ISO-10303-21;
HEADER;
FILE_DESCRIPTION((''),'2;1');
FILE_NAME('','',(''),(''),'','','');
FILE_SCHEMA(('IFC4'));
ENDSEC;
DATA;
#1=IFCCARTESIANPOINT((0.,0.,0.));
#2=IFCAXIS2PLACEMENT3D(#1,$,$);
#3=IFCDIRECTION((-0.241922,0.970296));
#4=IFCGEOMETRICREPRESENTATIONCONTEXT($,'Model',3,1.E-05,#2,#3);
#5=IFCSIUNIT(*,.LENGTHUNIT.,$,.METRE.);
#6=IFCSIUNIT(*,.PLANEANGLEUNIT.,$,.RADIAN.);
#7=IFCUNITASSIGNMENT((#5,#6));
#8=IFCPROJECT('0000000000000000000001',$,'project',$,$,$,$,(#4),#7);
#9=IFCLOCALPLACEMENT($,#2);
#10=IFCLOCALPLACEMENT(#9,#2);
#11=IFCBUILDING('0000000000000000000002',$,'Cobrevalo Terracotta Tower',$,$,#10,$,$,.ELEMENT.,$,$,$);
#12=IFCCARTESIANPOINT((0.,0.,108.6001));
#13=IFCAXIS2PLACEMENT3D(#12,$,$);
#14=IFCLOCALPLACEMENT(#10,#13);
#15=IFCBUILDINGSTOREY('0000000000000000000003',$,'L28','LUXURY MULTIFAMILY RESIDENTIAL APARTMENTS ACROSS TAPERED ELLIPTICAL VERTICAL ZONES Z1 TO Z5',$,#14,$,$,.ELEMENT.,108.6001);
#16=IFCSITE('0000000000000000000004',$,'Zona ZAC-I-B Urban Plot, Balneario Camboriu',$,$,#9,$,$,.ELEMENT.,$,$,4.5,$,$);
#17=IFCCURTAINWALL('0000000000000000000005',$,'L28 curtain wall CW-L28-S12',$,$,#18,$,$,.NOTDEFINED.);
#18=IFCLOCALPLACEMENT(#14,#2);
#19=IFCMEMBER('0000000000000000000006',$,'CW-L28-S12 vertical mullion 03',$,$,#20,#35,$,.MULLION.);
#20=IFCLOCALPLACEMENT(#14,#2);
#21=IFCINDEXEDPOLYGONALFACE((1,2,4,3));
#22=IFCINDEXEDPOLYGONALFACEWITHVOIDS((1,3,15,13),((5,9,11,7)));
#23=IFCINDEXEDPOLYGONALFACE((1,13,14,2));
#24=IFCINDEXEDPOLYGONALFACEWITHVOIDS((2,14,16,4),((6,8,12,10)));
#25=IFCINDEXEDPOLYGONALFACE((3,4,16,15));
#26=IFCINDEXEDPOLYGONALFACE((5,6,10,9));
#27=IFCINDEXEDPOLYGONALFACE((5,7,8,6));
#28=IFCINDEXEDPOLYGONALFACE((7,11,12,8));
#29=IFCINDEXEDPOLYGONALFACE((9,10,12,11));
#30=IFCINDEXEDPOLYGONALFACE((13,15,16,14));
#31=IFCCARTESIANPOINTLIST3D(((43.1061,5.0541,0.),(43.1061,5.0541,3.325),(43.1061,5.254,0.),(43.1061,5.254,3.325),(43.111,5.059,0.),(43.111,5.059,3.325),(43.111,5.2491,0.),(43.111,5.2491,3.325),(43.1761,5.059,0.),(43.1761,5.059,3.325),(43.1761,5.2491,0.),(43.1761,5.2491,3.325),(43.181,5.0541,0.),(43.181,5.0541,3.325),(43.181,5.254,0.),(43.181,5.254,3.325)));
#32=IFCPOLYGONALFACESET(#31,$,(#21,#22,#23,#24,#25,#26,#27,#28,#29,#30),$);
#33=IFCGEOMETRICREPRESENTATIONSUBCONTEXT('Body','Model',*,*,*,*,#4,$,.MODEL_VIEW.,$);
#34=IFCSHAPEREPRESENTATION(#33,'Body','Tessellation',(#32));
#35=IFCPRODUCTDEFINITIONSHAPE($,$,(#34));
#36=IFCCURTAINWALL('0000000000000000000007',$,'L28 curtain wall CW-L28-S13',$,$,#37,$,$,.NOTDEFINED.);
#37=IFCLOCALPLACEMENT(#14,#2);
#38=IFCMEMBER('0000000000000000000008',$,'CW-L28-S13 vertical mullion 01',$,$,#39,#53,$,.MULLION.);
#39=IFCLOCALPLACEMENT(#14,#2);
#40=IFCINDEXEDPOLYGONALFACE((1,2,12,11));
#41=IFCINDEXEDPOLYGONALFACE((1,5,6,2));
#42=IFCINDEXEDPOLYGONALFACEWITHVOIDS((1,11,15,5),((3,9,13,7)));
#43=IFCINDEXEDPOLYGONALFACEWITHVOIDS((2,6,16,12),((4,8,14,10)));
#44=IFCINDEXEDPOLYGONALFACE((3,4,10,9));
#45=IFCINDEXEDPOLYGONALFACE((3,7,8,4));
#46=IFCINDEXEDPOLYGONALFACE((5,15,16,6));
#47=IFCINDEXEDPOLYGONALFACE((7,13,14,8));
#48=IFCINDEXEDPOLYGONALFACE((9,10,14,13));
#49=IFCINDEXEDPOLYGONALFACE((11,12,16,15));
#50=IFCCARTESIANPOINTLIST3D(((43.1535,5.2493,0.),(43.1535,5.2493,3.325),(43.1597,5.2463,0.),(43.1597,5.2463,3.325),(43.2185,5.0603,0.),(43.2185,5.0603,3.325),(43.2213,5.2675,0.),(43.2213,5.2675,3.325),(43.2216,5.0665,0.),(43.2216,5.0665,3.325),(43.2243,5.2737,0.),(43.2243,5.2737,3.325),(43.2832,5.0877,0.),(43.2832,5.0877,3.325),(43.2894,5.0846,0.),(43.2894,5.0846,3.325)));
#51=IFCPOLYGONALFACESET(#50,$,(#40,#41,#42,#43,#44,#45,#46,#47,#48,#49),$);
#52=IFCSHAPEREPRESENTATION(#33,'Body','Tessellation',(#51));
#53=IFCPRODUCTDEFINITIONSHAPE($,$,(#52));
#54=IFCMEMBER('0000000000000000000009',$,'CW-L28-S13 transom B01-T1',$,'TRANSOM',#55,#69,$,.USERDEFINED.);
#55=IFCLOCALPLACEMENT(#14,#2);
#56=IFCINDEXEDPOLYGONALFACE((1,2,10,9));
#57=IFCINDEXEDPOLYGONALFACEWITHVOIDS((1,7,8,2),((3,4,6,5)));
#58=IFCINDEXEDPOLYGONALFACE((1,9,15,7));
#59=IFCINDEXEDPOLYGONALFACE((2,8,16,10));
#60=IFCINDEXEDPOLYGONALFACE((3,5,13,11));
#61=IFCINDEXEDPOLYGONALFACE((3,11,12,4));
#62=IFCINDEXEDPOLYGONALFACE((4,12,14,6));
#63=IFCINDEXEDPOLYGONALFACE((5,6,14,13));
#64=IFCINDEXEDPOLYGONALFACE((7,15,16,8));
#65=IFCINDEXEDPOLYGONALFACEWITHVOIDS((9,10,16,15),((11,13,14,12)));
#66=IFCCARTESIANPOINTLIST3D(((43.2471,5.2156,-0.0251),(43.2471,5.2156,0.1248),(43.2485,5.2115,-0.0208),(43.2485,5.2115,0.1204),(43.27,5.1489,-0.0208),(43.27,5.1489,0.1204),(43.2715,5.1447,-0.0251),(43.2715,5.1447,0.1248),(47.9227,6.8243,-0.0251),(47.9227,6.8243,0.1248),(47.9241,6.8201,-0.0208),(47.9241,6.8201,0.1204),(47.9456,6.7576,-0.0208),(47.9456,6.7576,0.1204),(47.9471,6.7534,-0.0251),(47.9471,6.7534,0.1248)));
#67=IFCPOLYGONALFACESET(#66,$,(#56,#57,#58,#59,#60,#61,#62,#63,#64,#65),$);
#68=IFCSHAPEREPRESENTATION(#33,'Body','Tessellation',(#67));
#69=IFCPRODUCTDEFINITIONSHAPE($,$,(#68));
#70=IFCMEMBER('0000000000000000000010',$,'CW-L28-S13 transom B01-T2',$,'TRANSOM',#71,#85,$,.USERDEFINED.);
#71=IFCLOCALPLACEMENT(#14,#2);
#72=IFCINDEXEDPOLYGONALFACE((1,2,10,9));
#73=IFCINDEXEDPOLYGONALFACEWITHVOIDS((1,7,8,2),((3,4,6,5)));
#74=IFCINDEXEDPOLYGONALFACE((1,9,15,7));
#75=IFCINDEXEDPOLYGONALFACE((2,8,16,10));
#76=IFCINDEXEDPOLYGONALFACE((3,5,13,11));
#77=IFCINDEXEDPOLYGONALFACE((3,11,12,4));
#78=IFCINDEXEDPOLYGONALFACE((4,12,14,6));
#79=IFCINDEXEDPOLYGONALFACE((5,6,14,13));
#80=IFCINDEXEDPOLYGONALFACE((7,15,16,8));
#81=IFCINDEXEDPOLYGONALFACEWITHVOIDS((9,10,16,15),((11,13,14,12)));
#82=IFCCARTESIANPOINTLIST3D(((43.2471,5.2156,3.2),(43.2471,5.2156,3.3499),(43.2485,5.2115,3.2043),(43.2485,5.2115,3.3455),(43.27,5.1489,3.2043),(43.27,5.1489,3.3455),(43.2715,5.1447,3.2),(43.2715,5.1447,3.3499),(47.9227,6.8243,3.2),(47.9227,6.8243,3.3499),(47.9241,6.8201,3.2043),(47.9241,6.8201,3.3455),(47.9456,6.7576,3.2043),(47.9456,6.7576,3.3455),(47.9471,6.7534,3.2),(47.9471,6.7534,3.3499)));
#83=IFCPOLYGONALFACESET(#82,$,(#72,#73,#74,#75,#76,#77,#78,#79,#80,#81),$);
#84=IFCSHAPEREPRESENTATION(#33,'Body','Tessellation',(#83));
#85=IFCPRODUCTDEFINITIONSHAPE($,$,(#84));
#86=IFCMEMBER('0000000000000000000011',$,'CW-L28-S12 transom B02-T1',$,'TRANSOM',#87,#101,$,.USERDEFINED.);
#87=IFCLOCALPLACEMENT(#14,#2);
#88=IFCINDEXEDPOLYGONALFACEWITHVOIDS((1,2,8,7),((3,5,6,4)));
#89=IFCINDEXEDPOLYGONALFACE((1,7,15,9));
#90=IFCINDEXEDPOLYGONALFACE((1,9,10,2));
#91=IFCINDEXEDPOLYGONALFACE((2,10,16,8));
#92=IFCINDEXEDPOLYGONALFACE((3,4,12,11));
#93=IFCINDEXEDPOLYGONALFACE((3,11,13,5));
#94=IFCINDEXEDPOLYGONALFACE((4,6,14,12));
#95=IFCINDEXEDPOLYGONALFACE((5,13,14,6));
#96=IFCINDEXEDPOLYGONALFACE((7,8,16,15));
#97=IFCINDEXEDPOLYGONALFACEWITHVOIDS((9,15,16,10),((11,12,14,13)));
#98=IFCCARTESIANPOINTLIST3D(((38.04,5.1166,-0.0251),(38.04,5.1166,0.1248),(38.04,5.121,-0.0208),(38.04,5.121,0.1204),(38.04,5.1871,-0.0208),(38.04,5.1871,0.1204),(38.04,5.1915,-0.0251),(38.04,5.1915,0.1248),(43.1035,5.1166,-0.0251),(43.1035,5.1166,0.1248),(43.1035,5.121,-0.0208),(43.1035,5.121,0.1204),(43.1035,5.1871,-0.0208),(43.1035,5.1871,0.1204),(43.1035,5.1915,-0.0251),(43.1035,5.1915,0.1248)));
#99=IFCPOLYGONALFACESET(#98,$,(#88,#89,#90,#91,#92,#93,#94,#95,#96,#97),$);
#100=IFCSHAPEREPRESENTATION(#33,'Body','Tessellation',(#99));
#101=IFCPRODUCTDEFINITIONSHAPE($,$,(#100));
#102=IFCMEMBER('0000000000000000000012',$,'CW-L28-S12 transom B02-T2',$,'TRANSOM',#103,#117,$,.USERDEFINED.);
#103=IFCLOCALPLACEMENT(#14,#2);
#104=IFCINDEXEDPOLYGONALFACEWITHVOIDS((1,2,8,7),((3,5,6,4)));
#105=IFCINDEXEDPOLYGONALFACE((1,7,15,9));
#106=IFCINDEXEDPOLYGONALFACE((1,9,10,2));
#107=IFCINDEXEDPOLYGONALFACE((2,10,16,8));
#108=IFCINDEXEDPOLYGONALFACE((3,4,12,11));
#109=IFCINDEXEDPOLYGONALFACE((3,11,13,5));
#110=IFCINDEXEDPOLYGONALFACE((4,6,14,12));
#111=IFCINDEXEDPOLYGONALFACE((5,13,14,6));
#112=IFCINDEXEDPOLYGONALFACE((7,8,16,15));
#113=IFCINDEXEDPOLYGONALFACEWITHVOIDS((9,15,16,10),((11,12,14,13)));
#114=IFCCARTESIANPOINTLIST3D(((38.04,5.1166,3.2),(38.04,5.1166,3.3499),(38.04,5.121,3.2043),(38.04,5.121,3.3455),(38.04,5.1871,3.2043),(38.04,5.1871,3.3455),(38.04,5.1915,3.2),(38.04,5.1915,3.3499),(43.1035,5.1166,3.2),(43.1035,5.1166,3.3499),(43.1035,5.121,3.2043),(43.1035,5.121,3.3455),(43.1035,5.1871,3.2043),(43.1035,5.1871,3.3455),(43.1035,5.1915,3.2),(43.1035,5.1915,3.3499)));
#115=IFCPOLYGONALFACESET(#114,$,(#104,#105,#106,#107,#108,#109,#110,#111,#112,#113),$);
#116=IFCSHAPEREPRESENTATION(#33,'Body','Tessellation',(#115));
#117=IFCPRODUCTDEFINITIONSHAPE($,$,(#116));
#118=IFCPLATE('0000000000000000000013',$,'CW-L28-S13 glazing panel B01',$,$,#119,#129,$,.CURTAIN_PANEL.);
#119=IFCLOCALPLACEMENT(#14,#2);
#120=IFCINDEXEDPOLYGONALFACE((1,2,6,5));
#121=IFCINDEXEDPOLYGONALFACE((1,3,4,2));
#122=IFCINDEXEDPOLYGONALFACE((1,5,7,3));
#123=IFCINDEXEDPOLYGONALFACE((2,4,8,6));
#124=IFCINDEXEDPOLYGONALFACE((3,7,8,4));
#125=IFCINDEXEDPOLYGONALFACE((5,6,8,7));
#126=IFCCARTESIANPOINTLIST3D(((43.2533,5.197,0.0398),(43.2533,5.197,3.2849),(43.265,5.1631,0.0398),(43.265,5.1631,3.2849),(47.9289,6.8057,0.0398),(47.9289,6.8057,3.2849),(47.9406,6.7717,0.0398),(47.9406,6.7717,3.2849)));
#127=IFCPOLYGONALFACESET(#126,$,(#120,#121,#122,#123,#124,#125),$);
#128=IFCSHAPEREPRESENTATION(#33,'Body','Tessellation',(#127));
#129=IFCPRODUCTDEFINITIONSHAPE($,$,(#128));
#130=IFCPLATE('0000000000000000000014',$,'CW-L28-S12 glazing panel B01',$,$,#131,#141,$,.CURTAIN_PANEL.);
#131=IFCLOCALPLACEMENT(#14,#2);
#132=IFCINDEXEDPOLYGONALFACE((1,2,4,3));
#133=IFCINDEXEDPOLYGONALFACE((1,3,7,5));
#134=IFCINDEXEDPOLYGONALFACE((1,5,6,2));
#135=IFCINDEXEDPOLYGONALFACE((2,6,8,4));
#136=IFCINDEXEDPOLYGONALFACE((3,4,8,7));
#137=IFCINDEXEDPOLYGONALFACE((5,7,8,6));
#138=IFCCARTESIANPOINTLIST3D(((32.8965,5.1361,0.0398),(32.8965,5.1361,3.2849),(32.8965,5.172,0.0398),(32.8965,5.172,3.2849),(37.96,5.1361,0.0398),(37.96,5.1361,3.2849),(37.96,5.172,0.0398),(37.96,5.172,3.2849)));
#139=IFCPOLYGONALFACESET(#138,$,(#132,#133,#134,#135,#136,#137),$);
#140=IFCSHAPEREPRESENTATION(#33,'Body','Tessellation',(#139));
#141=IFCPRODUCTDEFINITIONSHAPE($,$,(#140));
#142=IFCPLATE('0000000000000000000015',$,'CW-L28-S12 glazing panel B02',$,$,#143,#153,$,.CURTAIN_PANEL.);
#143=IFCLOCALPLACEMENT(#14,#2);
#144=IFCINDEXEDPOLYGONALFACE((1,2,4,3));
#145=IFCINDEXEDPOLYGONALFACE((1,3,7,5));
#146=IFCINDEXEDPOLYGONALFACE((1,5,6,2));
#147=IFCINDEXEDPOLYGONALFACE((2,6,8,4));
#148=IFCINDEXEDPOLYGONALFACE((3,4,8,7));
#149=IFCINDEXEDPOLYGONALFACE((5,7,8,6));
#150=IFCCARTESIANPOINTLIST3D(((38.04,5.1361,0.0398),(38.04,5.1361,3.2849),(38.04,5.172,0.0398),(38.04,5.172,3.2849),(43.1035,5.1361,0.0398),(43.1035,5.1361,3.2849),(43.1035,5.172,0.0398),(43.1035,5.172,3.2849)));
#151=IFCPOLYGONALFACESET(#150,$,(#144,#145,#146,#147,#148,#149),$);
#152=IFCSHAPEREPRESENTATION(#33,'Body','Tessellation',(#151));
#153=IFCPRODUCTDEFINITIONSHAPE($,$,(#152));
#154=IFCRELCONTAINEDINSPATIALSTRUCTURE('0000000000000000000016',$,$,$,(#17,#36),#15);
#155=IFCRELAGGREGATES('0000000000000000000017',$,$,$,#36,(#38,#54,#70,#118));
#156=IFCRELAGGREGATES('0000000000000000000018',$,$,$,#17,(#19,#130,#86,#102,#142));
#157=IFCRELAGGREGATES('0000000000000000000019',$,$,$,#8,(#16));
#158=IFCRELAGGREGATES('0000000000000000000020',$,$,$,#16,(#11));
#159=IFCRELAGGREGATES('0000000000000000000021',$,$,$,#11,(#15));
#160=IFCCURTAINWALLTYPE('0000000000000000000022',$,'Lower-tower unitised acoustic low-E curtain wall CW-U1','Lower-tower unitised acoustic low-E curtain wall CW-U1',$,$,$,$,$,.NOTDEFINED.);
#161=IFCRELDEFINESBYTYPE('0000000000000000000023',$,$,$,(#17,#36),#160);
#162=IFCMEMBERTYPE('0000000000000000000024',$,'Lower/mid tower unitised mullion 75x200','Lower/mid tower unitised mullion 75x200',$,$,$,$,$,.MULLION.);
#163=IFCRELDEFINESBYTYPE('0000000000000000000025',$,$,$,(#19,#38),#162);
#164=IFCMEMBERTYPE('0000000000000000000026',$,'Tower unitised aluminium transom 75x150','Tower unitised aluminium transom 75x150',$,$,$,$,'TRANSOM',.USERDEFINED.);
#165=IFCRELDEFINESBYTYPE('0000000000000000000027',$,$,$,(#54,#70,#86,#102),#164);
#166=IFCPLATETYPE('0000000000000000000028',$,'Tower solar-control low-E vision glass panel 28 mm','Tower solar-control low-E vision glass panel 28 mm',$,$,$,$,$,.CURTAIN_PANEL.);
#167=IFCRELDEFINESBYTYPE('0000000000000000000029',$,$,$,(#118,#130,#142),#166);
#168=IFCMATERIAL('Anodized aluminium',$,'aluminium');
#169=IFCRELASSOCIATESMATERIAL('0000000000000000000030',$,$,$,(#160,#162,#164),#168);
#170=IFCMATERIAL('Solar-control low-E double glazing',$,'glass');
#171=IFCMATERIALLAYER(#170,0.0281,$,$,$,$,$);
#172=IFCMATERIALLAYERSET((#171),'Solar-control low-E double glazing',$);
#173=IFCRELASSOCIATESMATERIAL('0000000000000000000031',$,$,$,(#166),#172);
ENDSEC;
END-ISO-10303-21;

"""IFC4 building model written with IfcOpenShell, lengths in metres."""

from ifc_helpers import new_model, si_unit, direction, frame, origin, origin_2d, place, context, subcontext, project, spatial, rectangle, hollow_rectangle, extrude, source, transform, mapped, material, layer, layer_set, material_profile, profile_set, type_object, element, aggregate, save


model = new_model("IFC4")

# Units and contexts
model_context = context("Model", 3, precision=1e-05, world=origin(), true_north=direction((-0.241922, 0.970296)))
body_context = subcontext(model_context, "Body", "Model", "MODEL_VIEW")
ifc_project = project(units=[si_unit("LENGTHUNIT", "METRE"), si_unit("PLANEANGLEUNIT", "RADIAN")], contexts=[model_context])

# Site, building, storey
site_placement = place(None, origin())
site = spatial("IfcSite", under=ifc_project, at=site_placement, Name="Zona ZAC-I-B Urban Plot, Balneario Camboriu", CompositionType="ELEMENT", RefElevation=4.5)
building_placement = place(site_placement, origin())
building = spatial("IfcBuilding", under=site, at=building_placement, Name="Cobrevalo Terracotta Tower", CompositionType="ELEMENT")
storey_placement = place(building_placement, frame((0.0, 0.0, 108.6001)))
storey = spatial("IfcBuildingStorey", under=building, at=storey_placement, Name="L28", Description="LUXURY MULTIFAMILY RESIDENTIAL APARTMENTS ACROSS TAPERED ELLIPTICAL VERTICAL ZONES Z1 TO Z5", CompositionType="ELEMENT", Elevation=108.6001)

# Curtain walls, members
ifc_material_1 = material(Name="Anodized aluminium", Category="aluminium")
curtain_wall_type = type_object("IfcCurtainWallType", Name="Lower-tower unitised acoustic low-E curtain wall CW-U1", Description="Lower-tower unitised acoustic low-E curtain wall CW-U1", PredefinedType="NOTDEFINED", material=ifc_material_1)
curtain_wall_1_placement = place(storey_placement, origin())
curtain_wall_1 = element("IfcCurtainWall", 1, at=curtain_wall_1_placement, inside=storey, type_object=curtain_wall_type, Name="L28 curtain wall CW-L28-S12", PredefinedType="NOTDEFINED")
ifc_material_profile_1 = material_profile(ifc_material_1, hollow_rectangle(XDim=0.075, YDim=0.2, WallThickness=0.0049, at=origin_2d()), Name="CWM 75x200")
ifc_profile_set_1 = profile_set([ifc_material_profile_1], Name="Anodized aluminium")
member_type_1 = type_object("IfcMemberType", Name="Lower/mid tower unitised mullion 75x200", Description="Lower/mid tower unitised mullion 75x200", PredefinedType="MULLION", material=ifc_profile_set_1)
shared_shape_1 = source(origin(), body_context, "Body", "SweptSolid", [
    extrude(hollow_rectangle(XDim=0.075, YDim=0.2, WallThickness=0.0049, at=origin_2d()), origin(), (0.0, 0.0, 1.0), 3.325),
])
member_1_placement = place(storey_placement, frame((43.1436, 5.1541, 0.0), z_axis=(0.0, 0.0, 1.0), x_axis=(1.0, 0.0, 0.0)))
member_1 = element("IfcMember", 2, at=member_1_placement, type_object=member_type_1, Name="CW-L28-S12 vertical mullion 03", PredefinedType="MULLION", context=body_context, shape_type="MappedRepresentation", body=[
    mapped(shared_shape_1, transform((0.0, 0.0, 0.0), scale=1.0)),
])
curtain_wall_2_placement = place(storey_placement, origin())
curtain_wall_2 = element("IfcCurtainWall", 3, at=curtain_wall_2_placement, inside=storey, type_object=curtain_wall_type, Name="L28 curtain wall CW-L28-S13", PredefinedType="NOTDEFINED")
member_2_placement = place(storey_placement, frame((43.2214, 5.167, 0.0), z_axis=(0.0, 0.0, 1.0), x_axis=(0.945598, 0.325337, 0.0)))
member_2 = element("IfcMember", 4, at=member_2_placement, type_object=member_type_1, Name="CW-L28-S13 vertical mullion 01", PredefinedType="MULLION", context=body_context, shape_type="MappedRepresentation", body=[
    mapped(shared_shape_1, transform((0.0, 0.0, 0.0), scale=1.0)),
])
ifc_material_profile_2 = material_profile(ifc_material_1, hollow_rectangle(XDim=0.075, YDim=0.1499, WallThickness=0.0044, at=origin_2d()), Name="CWT 75x150")
ifc_profile_set_2 = profile_set([ifc_material_profile_2], Name="Anodized aluminium")
member_type_2 = type_object("IfcMemberType", Name="Tower unitised aluminium transom 75x150", Description="Tower unitised aluminium transom 75x150", ElementType="TRANSOM", PredefinedType="USERDEFINED", material=ifc_profile_set_2)
shared_shape_2 = source(origin(), body_context, "Body", "SweptSolid", [
    extrude(hollow_rectangle(XDim=0.075, YDim=0.1499, WallThickness=0.0044, at=origin_2d()), origin(), (0.0, 0.0, 1.0), 4.9446),
])
member_3_placement = place(storey_placement, frame((43.2593, 5.1802, 0.0498), z_axis=(0.945598, 0.325338, 0.0), x_axis=(-0.325338, 0.945598, 0.0)))
member_3 = element("IfcMember", 5, at=member_3_placement, type_object=member_type_2, Name="CW-L28-S13 transom B01-T1", ObjectType="TRANSOM", PredefinedType="USERDEFINED", context=body_context, shape_type="MappedRepresentation", body=[
    mapped(shared_shape_2, transform((0.0, 0.0, 0.0), scale=1.0)),
])
member_4_placement = place(storey_placement, frame((43.2593, 5.1802, 3.2749), z_axis=(0.945598, 0.325338, 0.0), x_axis=(-0.325338, 0.945598, 0.0)))
member_4 = element("IfcMember", 6, at=member_4_placement, type_object=member_type_2, Name="CW-L28-S13 transom B01-T2", ObjectType="TRANSOM", PredefinedType="USERDEFINED", context=body_context, shape_type="MappedRepresentation", body=[
    mapped(shared_shape_2, transform((0.0, 0.0, 0.0), scale=1.0)),
])

# Members
shared_shape_3 = source(origin(), body_context, "Body", "SweptSolid", [
    extrude(hollow_rectangle(XDim=0.075, YDim=0.1499, WallThickness=0.0044, at=origin_2d()), origin(), (0.0, 0.0, 1.0), 5.0635),
])
member_5_placement = place(storey_placement, frame((38.04, 5.1541, 0.0498), z_axis=(1.0, 0.0, 0.0), x_axis=(0.0, 1.0, 0.0)))
member_5 = element("IfcMember", 7, at=member_5_placement, type_object=member_type_2, Name="CW-L28-S12 transom B02-T1", ObjectType="TRANSOM", PredefinedType="USERDEFINED", context=body_context, shape_type="MappedRepresentation", body=[
    mapped(shared_shape_3, transform((0.0, 0.0, 0.0), scale=1.0)),
])
member_6_placement = place(storey_placement, frame((38.04, 5.1541, 3.2749), z_axis=(1.0, 0.0, 0.0), x_axis=(0.0, 1.0, 0.0)))
member_6 = element("IfcMember", 8, at=member_6_placement, type_object=member_type_2, Name="CW-L28-S12 transom B02-T2", ObjectType="TRANSOM", PredefinedType="USERDEFINED", context=body_context, shape_type="MappedRepresentation", body=[
    mapped(shared_shape_3, transform((0.0, 0.0, 0.0), scale=1.0)),
])

# Plates
ifc_material_2 = material(Name="Solar-control low-E double glazing", Category="glass")
ifc_layer_1 = layer(ifc_material_2, 0.0281)
ifc_layer_set_1 = layer_set([ifc_layer_1], Name="Solar-control low-E double glazing")
plate_type = type_object("IfcPlateType", Name="Tower solar-control low-E vision glass panel 28 mm", Description="Tower solar-control low-E vision glass panel 28 mm", PredefinedType="CURTAIN_PANEL", material=ifc_layer_set_1)
shared_shape_4 = source(origin(), body_context, "Body", "SweptSolid", [
    extrude(rectangle(XDim=4.9446, YDim=0.0359, at=origin_2d()), origin(), (0.0, 0.0, 1.0), 3.2451),
])
plate_1_placement = place(storey_placement, frame((45.5969, 5.9844, 0.0398), z_axis=(0.0, 0.0, 1.0), x_axis=(0.945596, 0.325342, 0.0)))
plate_1 = element("IfcPlate", 9, at=plate_1_placement, type_object=plate_type, Name="CW-L28-S13 glazing panel B01", PredefinedType="CURTAIN_PANEL", context=body_context, shape_type="MappedRepresentation", body=[
    mapped(shared_shape_4, transform((0.0, 0.0, 0.0), scale=1.0)),
])
aggregate(curtain_wall_2, [member_2, member_3, member_4, plate_1])
shared_shape_5 = source(origin(), body_context, "Body", "SweptSolid", [
    extrude(rectangle(XDim=5.0635, YDim=0.0359, at=origin_2d()), origin(), (0.0, 0.0, 1.0), 3.2451),
])
plate_2_placement = place(storey_placement, frame((35.4282, 5.1541, 0.0398), z_axis=(0.0, 0.0, 1.0), x_axis=(1.0, 0.0, 0.0)))
plate_2 = element("IfcPlate", 10, at=plate_2_placement, type_object=plate_type, Name="CW-L28-S12 glazing panel B01", PredefinedType="CURTAIN_PANEL", context=body_context, shape_type="MappedRepresentation", body=[
    mapped(shared_shape_5, transform((0.0, 0.0, 0.0), scale=1.0)),
])
plate_3_placement = place(storey_placement, frame((40.5718, 5.1541, 0.0398), z_axis=(0.0, 0.0, 1.0), x_axis=(1.0, 0.0, 0.0)))
plate_3 = element("IfcPlate", 11, at=plate_3_placement, type_object=plate_type, Name="CW-L28-S12 glazing panel B02", PredefinedType="CURTAIN_PANEL", context=body_context, shape_type="MappedRepresentation", body=[
    mapped(shared_shape_5, transform((0.0, 0.0, 0.0), scale=1.0)),
])
aggregate(curtain_wall_1, [member_1, plate_2, member_5, member_6, plate_3])

save(model, "model.ifc")
